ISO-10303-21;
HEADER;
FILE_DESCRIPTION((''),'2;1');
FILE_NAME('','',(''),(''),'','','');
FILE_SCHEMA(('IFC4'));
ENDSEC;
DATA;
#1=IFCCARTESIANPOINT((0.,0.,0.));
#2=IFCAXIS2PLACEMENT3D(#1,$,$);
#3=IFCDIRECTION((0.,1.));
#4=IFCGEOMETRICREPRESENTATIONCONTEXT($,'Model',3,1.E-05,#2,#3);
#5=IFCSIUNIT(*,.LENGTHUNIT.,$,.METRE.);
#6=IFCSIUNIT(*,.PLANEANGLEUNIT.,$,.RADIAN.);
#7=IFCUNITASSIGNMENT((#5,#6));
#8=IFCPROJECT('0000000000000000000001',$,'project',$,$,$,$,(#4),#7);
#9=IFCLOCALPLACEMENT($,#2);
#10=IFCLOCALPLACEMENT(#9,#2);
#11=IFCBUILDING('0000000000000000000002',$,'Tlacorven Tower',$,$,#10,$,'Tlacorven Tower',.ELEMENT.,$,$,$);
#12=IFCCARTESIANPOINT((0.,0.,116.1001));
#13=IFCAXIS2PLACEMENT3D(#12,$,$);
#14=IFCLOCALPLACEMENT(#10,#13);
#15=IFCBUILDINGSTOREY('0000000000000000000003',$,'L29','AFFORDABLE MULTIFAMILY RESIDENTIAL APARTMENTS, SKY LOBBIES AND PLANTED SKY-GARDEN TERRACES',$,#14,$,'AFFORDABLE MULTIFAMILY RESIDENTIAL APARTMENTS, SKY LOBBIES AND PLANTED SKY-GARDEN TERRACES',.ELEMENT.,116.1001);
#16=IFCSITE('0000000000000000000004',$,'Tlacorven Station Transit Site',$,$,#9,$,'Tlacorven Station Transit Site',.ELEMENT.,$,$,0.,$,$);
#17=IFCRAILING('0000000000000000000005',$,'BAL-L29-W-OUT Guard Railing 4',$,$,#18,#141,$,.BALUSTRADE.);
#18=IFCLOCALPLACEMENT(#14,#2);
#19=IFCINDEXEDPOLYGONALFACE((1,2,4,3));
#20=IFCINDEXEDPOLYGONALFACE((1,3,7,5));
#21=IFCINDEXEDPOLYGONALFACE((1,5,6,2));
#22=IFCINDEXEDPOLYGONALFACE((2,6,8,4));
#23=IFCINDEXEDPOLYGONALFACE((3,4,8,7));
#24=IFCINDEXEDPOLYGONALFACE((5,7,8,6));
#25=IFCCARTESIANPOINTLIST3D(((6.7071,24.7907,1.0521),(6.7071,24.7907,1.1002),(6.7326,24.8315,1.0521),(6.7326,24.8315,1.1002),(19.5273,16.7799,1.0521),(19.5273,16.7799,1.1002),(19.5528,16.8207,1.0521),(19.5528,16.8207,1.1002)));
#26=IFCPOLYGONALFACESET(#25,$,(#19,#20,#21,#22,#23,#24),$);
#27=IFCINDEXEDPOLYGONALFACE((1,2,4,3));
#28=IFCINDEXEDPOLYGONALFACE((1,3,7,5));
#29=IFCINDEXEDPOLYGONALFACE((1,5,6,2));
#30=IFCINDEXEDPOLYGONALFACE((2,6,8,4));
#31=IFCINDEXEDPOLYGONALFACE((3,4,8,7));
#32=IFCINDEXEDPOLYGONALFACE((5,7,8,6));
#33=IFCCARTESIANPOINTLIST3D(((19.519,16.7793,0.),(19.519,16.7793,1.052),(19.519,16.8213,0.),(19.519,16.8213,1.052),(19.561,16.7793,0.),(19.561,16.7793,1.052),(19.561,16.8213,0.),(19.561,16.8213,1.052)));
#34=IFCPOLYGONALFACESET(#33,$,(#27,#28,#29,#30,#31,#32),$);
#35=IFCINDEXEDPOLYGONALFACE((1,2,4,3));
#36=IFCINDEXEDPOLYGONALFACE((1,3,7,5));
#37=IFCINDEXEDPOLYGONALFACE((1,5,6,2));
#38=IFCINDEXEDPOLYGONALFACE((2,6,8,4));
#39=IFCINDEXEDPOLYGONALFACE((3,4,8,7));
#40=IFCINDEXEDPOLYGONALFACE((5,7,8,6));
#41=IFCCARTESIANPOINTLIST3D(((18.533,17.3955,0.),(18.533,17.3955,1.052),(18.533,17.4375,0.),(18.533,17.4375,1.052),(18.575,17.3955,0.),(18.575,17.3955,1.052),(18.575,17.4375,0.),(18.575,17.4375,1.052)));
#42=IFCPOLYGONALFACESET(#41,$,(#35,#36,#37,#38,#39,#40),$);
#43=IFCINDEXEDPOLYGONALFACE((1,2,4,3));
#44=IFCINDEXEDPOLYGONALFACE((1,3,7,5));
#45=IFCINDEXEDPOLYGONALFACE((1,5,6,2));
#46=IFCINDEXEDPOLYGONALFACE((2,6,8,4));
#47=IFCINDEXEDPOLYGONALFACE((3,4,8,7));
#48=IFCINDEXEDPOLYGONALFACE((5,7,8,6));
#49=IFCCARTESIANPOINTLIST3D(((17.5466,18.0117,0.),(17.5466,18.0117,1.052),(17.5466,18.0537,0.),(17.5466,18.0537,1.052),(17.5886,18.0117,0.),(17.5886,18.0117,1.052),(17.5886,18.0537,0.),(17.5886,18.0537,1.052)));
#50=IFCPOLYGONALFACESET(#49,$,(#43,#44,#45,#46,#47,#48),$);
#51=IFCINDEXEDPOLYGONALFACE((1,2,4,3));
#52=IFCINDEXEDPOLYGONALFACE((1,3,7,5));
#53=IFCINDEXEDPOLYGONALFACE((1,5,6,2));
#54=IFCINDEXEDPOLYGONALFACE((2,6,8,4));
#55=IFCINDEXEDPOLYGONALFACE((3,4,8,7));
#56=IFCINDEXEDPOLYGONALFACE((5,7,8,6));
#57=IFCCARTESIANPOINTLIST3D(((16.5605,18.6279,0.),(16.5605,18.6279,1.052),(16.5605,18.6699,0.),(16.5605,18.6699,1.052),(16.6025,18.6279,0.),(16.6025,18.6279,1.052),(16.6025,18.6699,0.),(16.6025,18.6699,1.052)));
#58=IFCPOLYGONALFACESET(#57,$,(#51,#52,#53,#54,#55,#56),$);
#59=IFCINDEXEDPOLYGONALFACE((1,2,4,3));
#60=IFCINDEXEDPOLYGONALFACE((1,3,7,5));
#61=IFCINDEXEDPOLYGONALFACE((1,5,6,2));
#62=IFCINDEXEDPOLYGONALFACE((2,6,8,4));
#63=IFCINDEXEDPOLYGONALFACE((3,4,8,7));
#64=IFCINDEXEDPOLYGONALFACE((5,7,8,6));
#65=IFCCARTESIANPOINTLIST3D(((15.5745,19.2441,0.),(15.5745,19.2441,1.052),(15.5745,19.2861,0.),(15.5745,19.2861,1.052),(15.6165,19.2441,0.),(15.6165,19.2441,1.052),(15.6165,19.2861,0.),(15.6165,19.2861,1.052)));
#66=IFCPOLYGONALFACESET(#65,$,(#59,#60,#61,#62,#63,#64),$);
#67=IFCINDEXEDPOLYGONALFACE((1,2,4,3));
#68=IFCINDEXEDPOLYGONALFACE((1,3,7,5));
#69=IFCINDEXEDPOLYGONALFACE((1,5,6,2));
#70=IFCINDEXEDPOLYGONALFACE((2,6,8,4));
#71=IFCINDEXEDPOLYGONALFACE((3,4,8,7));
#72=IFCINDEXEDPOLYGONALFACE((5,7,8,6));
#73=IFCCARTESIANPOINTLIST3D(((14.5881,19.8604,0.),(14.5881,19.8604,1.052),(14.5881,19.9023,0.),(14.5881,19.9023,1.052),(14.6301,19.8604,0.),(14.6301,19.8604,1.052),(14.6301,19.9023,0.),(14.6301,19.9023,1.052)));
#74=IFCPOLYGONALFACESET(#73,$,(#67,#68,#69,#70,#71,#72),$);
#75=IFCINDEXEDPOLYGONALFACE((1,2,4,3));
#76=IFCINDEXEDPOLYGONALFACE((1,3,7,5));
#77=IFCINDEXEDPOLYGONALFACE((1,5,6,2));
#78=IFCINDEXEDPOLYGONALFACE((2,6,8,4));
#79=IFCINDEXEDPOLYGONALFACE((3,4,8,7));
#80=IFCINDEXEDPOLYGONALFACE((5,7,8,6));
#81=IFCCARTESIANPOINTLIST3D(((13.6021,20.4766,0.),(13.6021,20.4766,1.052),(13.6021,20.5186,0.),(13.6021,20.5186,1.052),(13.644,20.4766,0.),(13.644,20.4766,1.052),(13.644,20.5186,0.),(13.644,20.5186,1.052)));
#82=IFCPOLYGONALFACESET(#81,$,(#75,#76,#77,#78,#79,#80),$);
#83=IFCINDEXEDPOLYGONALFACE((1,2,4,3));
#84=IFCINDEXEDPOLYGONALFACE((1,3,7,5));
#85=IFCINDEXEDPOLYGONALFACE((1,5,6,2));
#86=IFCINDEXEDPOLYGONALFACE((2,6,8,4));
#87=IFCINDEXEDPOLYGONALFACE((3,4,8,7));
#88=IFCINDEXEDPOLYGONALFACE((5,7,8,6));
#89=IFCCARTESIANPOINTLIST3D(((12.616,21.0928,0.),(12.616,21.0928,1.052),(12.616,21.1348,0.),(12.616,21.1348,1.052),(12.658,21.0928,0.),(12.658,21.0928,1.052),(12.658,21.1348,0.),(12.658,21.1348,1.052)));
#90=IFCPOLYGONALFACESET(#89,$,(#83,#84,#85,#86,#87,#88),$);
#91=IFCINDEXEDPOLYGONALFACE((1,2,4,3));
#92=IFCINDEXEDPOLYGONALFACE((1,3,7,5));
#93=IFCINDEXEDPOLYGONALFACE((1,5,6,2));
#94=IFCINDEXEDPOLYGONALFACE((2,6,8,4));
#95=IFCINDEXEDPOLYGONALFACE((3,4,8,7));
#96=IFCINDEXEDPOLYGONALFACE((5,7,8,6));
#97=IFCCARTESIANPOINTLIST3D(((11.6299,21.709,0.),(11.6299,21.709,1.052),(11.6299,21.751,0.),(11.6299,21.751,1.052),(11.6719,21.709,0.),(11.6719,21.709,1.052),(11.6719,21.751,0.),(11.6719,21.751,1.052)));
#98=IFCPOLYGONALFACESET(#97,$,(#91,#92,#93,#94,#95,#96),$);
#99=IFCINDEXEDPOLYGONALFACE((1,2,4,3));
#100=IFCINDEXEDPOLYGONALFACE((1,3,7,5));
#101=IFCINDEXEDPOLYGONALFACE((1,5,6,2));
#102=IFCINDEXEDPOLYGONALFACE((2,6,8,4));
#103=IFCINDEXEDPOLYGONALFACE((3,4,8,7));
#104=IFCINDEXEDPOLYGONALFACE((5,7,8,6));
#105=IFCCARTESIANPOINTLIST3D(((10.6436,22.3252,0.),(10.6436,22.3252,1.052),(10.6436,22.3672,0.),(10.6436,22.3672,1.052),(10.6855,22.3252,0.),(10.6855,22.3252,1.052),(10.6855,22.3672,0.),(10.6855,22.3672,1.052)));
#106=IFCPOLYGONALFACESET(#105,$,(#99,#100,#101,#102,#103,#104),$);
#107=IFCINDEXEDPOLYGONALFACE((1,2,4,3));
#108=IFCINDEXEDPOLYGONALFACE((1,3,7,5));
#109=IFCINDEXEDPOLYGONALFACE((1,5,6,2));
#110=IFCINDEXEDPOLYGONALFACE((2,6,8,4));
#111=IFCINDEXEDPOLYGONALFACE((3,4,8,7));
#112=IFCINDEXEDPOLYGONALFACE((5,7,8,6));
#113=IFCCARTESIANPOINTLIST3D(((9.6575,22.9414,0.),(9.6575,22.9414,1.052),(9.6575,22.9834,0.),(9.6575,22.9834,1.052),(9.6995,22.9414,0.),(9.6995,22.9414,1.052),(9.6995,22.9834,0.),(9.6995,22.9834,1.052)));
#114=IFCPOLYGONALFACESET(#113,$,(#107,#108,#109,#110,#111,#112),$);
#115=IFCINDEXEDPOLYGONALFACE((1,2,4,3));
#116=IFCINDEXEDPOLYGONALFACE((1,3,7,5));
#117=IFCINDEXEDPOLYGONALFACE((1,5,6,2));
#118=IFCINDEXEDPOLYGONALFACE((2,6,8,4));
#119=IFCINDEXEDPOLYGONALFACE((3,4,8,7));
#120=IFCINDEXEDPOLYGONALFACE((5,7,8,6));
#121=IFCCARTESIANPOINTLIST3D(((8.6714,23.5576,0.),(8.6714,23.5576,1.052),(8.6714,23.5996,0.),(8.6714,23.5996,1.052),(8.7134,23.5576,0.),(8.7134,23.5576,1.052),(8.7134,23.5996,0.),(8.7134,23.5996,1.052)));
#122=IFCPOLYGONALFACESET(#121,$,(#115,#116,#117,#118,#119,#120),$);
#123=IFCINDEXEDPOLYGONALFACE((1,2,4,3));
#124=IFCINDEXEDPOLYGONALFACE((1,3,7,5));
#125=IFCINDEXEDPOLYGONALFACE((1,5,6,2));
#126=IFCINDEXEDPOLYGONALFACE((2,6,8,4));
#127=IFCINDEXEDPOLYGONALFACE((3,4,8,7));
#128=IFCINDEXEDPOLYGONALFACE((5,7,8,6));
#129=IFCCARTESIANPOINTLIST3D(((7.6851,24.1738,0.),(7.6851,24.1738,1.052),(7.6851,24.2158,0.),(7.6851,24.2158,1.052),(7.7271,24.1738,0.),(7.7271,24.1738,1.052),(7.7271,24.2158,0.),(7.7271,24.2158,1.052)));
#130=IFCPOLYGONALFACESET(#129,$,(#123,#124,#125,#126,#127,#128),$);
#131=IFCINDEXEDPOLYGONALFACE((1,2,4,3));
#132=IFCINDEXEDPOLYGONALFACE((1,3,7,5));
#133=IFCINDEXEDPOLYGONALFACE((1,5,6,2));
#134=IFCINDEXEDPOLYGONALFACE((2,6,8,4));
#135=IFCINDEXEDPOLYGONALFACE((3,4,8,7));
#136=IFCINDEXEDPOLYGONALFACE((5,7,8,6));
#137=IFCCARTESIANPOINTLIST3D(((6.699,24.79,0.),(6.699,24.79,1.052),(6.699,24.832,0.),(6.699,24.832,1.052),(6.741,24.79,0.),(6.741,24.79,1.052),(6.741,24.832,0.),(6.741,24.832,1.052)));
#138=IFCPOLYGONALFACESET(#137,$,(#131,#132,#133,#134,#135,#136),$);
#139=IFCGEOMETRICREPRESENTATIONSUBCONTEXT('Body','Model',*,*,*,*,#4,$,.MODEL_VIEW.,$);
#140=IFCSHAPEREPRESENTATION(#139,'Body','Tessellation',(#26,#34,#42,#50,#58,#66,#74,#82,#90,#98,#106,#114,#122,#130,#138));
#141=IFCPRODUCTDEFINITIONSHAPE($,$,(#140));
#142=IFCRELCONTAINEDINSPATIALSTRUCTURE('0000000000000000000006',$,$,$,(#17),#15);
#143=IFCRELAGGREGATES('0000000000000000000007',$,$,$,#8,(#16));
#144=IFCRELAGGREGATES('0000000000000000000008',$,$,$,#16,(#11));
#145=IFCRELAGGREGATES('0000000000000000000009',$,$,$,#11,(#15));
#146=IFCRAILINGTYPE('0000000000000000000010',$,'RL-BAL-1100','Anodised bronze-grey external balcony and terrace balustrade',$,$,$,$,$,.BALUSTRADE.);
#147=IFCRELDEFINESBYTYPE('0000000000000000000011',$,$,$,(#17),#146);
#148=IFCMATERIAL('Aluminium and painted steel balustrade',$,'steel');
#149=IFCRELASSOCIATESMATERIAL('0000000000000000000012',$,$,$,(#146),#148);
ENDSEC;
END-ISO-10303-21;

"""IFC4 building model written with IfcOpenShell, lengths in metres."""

from ifc_helpers import new_model, si_unit, direction, frame, origin, origin_2d, place, context, subcontext, project, spatial, rectangle, extrude, source, transform, mapped, material, type_object, element, save


model = new_model("IFC4")

# Units and contexts
model_context = context("Model", 3, precision=1e-05, world=origin(), true_north=direction((0.0, 1.0)))
body_context = subcontext(model_context, "Body", "Model", "MODEL_VIEW")
ifc_project = project(units=[si_unit("LENGTHUNIT", "METRE"), si_unit("PLANEANGLEUNIT", "RADIAN")], contexts=[model_context])

# Site, building, storey
site_placement = place(None, origin())
site = spatial("IfcSite", under=ifc_project, at=site_placement, Name="Tlacorven Station Transit Site", LongName="Tlacorven Station Transit Site", CompositionType="ELEMENT", RefElevation=0.0)
building_placement = place(site_placement, origin())
building = spatial("IfcBuilding", under=site, at=building_placement, Name="Tlacorven Tower", LongName="Tlacorven Tower", CompositionType="ELEMENT")
storey_placement = place(building_placement, frame((0.0, 0.0, 116.1001)))
storey = spatial("IfcBuildingStorey", under=building, at=storey_placement, Name="L29", Description="AFFORDABLE MULTIFAMILY RESIDENTIAL APARTMENTS, SKY LOBBIES AND PLANTED SKY-GARDEN TERRACES", LongName="AFFORDABLE MULTIFAMILY RESIDENTIAL APARTMENTS, SKY LOBBIES AND PLANTED SKY-GARDEN TERRACES", CompositionType="ELEMENT", Elevation=116.1001)

# Railing
ifc_material_1 = material(Name="Aluminium and painted steel balustrade", Category="steel")
railing_type = type_object("IfcRailingType", Name="RL-BAL-1100", Description="Anodised bronze-grey external balcony and terrace balustrade", PredefinedType="BALUSTRADE", material=ifc_material_1)
shared_shape_1 = source(origin(), body_context, "Body", "SweptSolid", [
    extrude(rectangle(XDim=0.0481, YDim=0.0481, at=origin_2d()), frame((0.0, 0.0, 1.0762), z_axis=(-0.848052, 0.529913, 0.0), x_axis=(-0.529913, -0.848052, 0.0)), (0.0, 0.0, 1.0), 15.1172),
    extrude(rectangle(XDim=0.042, YDim=0.042, at=origin_2d()), origin(), (0.0, 0.0, 1.0), 1.052),
    extrude(rectangle(XDim=0.042, YDim=0.042, at=origin_2d()), frame((-0.9861, 0.6162, 0.0)), (0.0, 0.0, 1.0), 1.052),
    extrude(rectangle(XDim=0.042, YDim=0.042, at=origin_2d()), frame((-1.9724, 1.2324, 0.0)), (0.0, 0.0, 1.0), 1.052),
    extrude(rectangle(XDim=0.042, YDim=0.042, at=origin_2d()), frame((-2.9585, 1.8486, 0.0)), (0.0, 0.0, 1.0), 1.052),
    extrude(rectangle(XDim=0.042, YDim=0.042, at=origin_2d()), frame((-3.9446, 2.4648, 0.0)), (0.0, 0.0, 1.0), 1.052),
    extrude(rectangle(XDim=0.042, YDim=0.042, at=origin_2d()), frame((-4.9309, 3.0811, 0.0)), (0.0, 0.0, 1.0), 1.052),
    extrude(rectangle(XDim=0.042, YDim=0.042, at=origin_2d()), frame((-5.917, 3.6973, 0.0)), (0.0, 0.0, 1.0), 1.052),
    extrude(rectangle(XDim=0.042, YDim=0.042, at=origin_2d()), frame((-6.9031, 4.3135, 0.0)), (0.0, 0.0, 1.0), 1.052),
    extrude(rectangle(XDim=0.042, YDim=0.042, at=origin_2d()), frame((-7.8892, 4.9297, 0.0)), (0.0, 0.0, 1.0), 1.052),
    extrude(rectangle(XDim=0.042, YDim=0.042, at=origin_2d()), frame((-8.8755, 5.5459, 0.0)), (0.0, 0.0, 1.0), 1.052),
    extrude(rectangle(XDim=0.042, YDim=0.042, at=origin_2d()), frame((-9.8616, 6.1621, 0.0)), (0.0, 0.0, 1.0), 1.052),
    extrude(rectangle(XDim=0.042, YDim=0.042, at=origin_2d()), frame((-10.8477, 6.7783, 0.0)), (0.0, 0.0, 1.0), 1.052),
    extrude(rectangle(XDim=0.042, YDim=0.042, at=origin_2d()), frame((-11.834, 7.3945, 0.0)), (0.0, 0.0, 1.0), 1.052),
    extrude(rectangle(XDim=0.042, YDim=0.042, at=origin_2d()), frame((-12.8201, 8.0107, 0.0)), (0.0, 0.0, 1.0), 1.052),
])
railing_1_placement = place(storey_placement, frame((19.54, 16.8003, 0.0)))
element("IfcRailing", 1, at=railing_1_placement, inside=storey, type_object=railing_type, Name="BAL-L29-W-OUT Guard Railing 4", PredefinedType="BALUSTRADE", context=body_context, shape_type="MappedRepresentation", body=[
    mapped(shared_shape_1, transform((0.0, 0.0, 0.0), scale=1.0)),
])

save(model, "model.ifc")
